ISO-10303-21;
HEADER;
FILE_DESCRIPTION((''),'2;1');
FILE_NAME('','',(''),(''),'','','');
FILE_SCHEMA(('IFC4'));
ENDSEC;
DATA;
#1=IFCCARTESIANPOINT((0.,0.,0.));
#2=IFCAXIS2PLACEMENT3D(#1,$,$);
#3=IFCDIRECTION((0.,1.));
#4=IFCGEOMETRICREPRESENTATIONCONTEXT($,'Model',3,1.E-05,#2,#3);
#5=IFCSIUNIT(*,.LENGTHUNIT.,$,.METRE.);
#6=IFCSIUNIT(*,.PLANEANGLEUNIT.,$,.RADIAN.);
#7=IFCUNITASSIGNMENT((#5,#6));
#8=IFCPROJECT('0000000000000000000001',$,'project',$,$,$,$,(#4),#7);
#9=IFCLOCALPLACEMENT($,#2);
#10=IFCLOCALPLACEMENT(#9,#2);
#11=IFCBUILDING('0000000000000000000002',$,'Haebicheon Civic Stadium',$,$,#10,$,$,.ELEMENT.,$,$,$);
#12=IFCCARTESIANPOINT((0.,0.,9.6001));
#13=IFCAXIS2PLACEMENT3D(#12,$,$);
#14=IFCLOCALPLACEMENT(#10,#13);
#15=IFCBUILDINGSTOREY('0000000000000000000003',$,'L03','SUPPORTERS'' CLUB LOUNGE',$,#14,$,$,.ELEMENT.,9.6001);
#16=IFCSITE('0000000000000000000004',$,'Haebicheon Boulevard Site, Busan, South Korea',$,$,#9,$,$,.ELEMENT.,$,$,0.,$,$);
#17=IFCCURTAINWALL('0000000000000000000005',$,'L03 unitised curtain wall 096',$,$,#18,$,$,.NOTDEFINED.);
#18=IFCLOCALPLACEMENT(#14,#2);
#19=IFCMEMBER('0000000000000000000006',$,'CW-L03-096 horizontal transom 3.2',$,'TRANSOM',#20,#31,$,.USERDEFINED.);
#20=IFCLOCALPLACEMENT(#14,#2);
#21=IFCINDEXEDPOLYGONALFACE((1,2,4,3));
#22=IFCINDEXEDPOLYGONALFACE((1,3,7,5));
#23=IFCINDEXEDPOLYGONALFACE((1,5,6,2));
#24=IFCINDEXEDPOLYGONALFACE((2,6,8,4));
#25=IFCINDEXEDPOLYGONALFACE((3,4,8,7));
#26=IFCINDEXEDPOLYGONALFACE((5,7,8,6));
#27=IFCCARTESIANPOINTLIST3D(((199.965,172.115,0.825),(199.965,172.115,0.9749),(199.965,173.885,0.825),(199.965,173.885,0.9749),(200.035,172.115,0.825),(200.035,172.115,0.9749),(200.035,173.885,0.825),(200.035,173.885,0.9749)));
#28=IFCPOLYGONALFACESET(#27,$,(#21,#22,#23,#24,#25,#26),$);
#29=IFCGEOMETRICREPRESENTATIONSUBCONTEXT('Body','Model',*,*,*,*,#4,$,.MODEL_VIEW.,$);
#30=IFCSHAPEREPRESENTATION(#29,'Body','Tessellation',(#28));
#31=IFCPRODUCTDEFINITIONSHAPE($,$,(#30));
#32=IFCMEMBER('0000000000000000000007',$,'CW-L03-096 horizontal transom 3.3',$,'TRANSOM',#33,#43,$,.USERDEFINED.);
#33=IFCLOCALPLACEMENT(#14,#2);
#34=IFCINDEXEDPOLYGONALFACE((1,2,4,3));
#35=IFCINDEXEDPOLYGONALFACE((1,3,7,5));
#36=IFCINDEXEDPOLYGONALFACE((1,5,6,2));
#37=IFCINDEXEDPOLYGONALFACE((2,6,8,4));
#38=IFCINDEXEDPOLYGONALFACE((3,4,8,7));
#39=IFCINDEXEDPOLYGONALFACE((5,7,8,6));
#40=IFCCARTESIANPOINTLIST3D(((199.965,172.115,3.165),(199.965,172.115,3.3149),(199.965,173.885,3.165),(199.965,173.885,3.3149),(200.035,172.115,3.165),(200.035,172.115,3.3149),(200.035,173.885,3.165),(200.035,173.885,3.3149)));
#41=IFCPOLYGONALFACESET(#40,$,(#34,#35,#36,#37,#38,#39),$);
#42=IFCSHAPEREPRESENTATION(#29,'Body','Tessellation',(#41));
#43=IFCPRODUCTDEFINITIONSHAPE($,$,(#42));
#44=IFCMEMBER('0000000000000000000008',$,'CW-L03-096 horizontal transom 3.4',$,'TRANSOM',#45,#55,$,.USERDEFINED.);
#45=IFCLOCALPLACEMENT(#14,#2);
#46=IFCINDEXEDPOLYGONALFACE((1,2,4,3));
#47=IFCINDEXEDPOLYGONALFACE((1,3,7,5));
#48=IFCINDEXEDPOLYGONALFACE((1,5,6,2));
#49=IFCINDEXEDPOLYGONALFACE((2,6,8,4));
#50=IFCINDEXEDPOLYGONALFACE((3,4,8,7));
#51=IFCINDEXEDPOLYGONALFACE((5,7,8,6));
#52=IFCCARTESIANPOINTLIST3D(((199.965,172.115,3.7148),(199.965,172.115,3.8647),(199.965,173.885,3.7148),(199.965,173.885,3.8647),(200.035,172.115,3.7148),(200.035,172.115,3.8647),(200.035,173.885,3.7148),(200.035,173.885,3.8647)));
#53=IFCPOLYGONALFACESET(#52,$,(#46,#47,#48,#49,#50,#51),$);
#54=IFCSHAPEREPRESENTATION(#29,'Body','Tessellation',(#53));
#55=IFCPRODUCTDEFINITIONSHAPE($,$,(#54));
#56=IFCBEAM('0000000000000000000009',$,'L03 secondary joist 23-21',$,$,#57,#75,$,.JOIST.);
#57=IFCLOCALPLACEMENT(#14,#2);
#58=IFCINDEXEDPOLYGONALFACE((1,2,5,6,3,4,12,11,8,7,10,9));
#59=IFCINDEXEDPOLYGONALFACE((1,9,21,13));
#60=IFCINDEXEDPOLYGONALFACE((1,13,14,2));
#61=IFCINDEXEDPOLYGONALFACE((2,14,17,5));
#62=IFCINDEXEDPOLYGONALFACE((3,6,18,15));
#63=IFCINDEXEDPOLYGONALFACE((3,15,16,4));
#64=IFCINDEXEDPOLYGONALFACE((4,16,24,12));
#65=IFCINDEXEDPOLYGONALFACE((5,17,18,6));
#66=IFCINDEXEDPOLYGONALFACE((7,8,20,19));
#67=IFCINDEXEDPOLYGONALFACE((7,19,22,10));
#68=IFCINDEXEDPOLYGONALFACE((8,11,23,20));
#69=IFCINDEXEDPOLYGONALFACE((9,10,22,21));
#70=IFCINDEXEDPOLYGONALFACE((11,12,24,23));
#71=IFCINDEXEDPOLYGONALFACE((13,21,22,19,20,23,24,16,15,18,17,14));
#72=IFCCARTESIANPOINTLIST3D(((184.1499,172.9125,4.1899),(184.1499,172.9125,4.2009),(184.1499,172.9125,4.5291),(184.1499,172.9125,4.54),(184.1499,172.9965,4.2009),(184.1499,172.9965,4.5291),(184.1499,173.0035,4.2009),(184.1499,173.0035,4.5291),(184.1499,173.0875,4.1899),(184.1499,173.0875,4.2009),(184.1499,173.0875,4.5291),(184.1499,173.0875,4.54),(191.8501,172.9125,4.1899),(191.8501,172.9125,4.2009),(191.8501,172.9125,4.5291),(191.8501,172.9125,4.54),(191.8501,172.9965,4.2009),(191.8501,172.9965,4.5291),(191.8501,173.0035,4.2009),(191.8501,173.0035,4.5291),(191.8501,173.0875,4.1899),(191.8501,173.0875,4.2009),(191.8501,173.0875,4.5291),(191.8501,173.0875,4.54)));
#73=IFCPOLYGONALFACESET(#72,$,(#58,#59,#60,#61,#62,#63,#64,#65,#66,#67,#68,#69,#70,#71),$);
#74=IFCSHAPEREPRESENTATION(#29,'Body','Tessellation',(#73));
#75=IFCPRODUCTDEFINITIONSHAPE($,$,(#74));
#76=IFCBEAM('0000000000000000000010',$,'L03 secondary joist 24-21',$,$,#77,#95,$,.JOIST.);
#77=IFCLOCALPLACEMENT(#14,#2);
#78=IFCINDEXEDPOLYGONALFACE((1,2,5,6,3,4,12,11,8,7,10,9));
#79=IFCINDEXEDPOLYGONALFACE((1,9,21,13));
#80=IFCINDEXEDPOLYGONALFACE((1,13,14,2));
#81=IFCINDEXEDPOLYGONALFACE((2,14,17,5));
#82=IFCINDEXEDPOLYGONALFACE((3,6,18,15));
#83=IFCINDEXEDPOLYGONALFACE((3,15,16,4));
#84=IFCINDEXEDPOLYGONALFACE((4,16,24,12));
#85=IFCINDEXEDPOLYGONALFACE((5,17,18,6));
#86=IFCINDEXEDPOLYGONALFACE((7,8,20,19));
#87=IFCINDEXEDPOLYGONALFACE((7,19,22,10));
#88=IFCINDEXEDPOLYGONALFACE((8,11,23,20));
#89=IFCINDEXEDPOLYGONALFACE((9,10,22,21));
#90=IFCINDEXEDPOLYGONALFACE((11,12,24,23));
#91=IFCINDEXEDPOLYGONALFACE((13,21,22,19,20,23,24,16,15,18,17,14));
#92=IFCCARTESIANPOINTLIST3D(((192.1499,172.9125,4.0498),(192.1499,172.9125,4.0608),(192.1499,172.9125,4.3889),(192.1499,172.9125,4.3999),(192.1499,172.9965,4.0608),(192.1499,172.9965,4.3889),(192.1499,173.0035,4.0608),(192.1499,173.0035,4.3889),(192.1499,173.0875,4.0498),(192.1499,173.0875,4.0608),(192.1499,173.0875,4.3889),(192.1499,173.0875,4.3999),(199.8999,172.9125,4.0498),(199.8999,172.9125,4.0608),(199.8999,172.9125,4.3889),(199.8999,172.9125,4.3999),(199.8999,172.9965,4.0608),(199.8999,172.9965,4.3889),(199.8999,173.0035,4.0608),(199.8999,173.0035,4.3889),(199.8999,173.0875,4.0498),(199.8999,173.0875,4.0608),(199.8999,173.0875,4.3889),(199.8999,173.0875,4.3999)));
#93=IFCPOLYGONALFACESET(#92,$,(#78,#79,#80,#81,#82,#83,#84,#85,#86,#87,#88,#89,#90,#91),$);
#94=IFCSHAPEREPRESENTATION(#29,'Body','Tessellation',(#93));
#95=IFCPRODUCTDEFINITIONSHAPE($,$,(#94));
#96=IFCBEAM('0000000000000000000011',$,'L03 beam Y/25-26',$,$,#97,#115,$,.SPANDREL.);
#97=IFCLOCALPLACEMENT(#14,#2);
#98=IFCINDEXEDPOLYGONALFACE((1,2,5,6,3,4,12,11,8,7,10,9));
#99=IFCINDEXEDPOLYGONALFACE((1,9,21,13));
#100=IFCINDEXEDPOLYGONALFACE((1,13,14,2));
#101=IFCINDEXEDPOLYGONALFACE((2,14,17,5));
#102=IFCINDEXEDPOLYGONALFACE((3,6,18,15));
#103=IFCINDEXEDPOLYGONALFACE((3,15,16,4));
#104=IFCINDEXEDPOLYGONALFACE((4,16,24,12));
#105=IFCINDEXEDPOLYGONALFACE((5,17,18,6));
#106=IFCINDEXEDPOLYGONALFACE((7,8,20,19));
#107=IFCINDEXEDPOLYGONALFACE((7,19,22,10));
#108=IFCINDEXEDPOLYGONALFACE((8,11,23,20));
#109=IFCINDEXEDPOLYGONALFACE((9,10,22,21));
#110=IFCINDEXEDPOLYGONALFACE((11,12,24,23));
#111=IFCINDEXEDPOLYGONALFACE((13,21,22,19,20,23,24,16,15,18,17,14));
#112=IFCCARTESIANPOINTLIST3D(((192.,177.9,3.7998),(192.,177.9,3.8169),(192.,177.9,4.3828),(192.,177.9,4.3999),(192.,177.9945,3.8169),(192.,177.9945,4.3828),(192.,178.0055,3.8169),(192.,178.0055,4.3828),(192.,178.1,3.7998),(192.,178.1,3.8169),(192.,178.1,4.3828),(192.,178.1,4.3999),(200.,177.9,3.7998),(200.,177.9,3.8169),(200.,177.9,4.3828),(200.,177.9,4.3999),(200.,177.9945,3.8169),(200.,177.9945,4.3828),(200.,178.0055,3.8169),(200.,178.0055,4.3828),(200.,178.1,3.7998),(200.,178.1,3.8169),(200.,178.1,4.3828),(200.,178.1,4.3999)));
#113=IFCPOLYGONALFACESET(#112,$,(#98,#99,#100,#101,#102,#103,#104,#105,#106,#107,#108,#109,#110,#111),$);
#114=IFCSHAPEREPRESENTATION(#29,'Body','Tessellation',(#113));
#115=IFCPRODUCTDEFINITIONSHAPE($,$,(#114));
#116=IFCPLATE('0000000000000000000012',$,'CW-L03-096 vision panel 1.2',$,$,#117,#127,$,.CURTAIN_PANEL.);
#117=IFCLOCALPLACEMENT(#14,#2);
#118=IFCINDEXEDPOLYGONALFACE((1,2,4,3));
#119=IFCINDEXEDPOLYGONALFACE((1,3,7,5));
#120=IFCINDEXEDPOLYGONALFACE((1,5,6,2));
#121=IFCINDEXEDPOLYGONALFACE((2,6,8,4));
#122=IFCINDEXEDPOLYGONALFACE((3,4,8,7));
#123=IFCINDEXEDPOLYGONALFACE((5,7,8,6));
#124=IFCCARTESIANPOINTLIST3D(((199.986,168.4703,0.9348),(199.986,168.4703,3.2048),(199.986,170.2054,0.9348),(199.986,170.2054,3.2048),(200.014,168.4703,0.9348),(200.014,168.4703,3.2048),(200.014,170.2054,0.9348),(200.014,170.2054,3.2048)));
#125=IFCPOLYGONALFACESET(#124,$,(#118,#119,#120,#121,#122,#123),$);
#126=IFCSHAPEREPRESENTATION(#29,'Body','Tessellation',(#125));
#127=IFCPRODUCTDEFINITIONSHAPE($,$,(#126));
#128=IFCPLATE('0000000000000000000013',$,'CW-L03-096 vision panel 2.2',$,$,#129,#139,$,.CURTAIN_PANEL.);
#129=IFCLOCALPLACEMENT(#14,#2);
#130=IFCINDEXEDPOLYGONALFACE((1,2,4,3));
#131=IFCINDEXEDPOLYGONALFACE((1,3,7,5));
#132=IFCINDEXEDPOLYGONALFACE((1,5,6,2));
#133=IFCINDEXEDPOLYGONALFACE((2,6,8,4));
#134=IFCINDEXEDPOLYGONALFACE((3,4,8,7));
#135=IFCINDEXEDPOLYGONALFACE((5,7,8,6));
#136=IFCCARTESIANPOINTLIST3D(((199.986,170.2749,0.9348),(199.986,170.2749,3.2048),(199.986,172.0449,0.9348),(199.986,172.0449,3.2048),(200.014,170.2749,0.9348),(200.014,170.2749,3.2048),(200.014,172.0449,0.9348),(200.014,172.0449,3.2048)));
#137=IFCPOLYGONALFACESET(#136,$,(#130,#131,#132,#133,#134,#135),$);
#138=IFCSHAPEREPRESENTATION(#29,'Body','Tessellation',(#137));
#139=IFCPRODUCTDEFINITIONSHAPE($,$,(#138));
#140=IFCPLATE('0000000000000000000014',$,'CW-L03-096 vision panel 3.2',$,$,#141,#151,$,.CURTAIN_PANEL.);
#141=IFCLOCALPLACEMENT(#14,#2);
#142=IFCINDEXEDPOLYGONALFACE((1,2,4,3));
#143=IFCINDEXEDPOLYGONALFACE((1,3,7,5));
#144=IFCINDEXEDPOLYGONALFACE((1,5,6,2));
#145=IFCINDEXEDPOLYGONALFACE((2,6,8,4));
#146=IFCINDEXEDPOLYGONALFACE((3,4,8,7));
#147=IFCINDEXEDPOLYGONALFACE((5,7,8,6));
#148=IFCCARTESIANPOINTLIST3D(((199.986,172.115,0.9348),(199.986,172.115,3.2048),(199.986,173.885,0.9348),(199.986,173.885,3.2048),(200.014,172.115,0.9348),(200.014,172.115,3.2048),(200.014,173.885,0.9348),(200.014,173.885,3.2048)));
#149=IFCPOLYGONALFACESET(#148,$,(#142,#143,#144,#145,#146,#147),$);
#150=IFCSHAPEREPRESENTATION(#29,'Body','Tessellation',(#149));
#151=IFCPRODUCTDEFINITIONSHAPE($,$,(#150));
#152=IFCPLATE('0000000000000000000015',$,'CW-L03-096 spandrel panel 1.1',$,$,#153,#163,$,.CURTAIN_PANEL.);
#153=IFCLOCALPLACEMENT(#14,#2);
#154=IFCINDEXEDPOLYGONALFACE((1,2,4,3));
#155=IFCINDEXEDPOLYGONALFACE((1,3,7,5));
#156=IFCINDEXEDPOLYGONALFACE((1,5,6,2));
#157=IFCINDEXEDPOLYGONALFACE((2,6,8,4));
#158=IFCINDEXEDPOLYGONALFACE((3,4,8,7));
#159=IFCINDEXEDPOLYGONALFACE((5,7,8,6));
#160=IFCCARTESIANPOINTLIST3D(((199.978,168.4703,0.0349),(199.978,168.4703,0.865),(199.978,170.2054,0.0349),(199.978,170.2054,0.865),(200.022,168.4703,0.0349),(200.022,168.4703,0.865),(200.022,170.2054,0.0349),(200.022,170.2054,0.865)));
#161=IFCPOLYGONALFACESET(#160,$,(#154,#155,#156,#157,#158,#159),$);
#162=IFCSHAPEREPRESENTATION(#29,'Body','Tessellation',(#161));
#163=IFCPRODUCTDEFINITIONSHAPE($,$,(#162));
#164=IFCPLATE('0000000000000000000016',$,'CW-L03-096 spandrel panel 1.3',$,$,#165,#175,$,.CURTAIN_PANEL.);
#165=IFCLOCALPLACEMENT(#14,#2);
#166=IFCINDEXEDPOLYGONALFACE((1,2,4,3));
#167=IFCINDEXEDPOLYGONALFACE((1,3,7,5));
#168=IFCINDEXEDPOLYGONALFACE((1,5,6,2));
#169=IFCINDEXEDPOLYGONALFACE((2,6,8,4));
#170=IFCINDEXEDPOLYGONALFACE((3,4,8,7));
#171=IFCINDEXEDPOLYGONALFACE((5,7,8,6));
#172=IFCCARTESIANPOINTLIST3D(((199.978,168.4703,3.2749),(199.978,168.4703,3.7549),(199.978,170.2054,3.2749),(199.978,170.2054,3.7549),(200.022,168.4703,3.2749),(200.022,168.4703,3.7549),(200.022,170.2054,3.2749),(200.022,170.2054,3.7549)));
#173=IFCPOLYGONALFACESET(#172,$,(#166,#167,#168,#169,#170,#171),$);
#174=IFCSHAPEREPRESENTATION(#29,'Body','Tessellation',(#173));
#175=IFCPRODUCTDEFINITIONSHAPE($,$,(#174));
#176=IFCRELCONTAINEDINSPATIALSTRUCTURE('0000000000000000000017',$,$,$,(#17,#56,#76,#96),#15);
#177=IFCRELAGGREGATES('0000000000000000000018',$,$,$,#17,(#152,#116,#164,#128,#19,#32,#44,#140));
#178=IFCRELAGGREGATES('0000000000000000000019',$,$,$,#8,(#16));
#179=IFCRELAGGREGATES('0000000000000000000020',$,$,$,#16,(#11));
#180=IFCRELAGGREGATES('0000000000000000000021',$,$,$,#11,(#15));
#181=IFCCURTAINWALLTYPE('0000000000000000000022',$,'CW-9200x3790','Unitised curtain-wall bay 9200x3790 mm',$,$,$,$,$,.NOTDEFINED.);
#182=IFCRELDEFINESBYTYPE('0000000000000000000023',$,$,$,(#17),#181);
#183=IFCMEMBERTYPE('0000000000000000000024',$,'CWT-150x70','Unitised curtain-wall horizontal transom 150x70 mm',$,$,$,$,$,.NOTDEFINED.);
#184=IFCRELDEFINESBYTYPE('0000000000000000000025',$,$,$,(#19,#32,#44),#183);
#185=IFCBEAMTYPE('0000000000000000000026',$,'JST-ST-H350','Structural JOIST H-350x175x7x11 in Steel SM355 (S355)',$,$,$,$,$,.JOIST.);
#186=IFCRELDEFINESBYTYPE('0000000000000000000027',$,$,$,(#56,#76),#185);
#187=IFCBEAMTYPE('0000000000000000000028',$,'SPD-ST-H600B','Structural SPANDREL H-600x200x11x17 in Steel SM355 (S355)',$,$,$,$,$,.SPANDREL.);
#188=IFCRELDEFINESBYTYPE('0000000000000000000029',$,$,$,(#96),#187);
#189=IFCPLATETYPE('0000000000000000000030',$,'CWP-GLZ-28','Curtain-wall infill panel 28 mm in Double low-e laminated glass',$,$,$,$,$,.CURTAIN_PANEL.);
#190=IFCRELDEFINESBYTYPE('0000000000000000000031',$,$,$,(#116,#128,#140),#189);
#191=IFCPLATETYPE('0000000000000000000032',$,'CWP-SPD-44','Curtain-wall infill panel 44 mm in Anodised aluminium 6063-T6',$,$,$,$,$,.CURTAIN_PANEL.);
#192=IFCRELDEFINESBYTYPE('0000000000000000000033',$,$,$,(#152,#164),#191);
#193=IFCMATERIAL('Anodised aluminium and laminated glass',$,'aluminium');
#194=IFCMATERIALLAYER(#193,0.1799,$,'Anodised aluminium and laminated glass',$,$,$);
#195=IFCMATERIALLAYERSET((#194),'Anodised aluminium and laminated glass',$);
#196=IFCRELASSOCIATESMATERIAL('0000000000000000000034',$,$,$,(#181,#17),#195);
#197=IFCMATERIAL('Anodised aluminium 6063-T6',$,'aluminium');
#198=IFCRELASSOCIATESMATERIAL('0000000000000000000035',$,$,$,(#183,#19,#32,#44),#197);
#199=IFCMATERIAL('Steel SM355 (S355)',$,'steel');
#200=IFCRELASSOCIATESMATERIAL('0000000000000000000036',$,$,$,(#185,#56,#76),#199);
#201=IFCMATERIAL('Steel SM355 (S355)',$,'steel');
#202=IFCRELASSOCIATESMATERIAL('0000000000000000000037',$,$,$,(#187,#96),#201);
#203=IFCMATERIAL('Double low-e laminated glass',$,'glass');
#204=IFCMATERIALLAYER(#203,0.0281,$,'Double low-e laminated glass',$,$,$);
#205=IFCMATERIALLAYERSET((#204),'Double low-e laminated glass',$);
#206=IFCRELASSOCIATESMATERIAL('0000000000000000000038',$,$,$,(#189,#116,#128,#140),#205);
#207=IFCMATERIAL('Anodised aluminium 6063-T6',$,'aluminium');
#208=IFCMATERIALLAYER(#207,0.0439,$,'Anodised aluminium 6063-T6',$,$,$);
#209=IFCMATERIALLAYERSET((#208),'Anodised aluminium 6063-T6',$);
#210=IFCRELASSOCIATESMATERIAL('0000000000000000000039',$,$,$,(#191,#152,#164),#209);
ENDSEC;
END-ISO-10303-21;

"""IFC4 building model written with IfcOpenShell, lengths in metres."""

from ifc_helpers import new_model, si_unit, direction, frame, origin, origin_2d, place, context, subcontext, project, spatial, rectangle, i_section, extrude, material, layer, layer_set, material_profile, profile_set, type_object, element, aggregate, save


model = new_model("IFC4")

# Units and contexts
model_context = context("Model", 3, precision=1e-05, world=origin(), true_north=direction((0.0, 1.0)))
body_context = subcontext(model_context, "Body", "Model", "MODEL_VIEW")
ifc_project = project(units=[si_unit("LENGTHUNIT", "METRE"), si_unit("PLANEANGLEUNIT", "RADIAN")], contexts=[model_context])

# Site, building, storey
site_placement = place(None, origin())
site = spatial("IfcSite", under=ifc_project, at=site_placement, Name="Haebicheon Boulevard Site, Busan, South Korea", CompositionType="ELEMENT", RefElevation=0.0)
building_placement = place(site_placement, origin())
building = spatial("IfcBuilding", under=site, at=building_placement, Name="Haebicheon Civic Stadium", CompositionType="ELEMENT")
storey_placement = place(building_placement, frame((0.0, 0.0, 9.6001)))
storey = spatial("IfcBuildingStorey", under=building, at=storey_placement, Name="L03", Description="SUPPORTERS' CLUB LOUNGE", CompositionType="ELEMENT", Elevation=9.6001)

# Curtain wall, members
ifc_material_1 = material(Name="Anodised aluminium and laminated glass", Category="aluminium")
ifc_layer_1 = layer(ifc_material_1, 0.1799, Name="Anodised aluminium and laminated glass")
ifc_layer_set_1 = layer_set([ifc_layer_1], Name="Anodised aluminium and laminated glass")
curtain_wall_type = type_object("IfcCurtainWallType", Name="CW-9200x3790", Description="Unitised curtain-wall bay 9200x3790 mm", PredefinedType="NOTDEFINED", material=ifc_layer_set_1)
curtain_wall_placement = place(storey_placement, origin())
curtain_wall = element("IfcCurtainWall", 1, at=curtain_wall_placement, inside=storey, type_object=curtain_wall_type, material=ifc_layer_set_1, Name="L03 unitised curtain wall 096", PredefinedType="NOTDEFINED")
ifc_material_2 = material(Name="Anodised aluminium 6063-T6", Category="aluminium")
ifc_material_profile_1 = material_profile(ifc_material_2, rectangle(XDim=0.0701, YDim=0.1499, at=origin_2d()), Name="ALU-TRAN-70x150")
ifc_profile_set_1 = profile_set([ifc_material_profile_1], Name="Anodised aluminium 6063-T6")
member_type_1 = type_object("IfcMemberType", Name="CWT-150x70", Description="Unitised curtain-wall horizontal transom 150x70 mm", PredefinedType="NOTDEFINED", material=ifc_profile_set_1)
member_1_placement = place(storey_placement, frame((200.0, 172.115, 0.8999), z_axis=(0.0, 1.0, 0.0), x_axis=(-1.0, 0.0, 0.0)))
member_1 = element("IfcMember", 2, at=member_1_placement, type_object=member_type_1, material=ifc_profile_set_1, Name="CW-L03-096 horizontal transom 3.2", ObjectType="TRANSOM", PredefinedType="USERDEFINED", context=body_context, shape_type="SweptSolid", body=[
    extrude(rectangle(XDim=0.0701, YDim=0.1499, at=origin_2d()), origin(), (0.0, 0.0, 1.0), 1.77),
])
member_2_placement = place(storey_placement, frame((200.0, 172.115, 3.24), z_axis=(0.0, 1.0, 0.0), x_axis=(-1.0, 0.0, 0.0)))
member_2 = element("IfcMember", 3, at=member_2_placement, type_object=member_type_1, material=ifc_profile_set_1, Name="CW-L03-096 horizontal transom 3.3", ObjectType="TRANSOM", PredefinedType="USERDEFINED", context=body_context, shape_type="SweptSolid", body=[
    extrude(rectangle(XDim=0.0701, YDim=0.1499, at=origin_2d()), origin(), (0.0, 0.0, 1.0), 1.77),
])
member_3_placement = place(storey_placement, frame((200.0, 172.115, 3.7898), z_axis=(0.0, 1.0, 0.0), x_axis=(-1.0, 0.0, 0.0)))
member_3 = element("IfcMember", 4, at=member_3_placement, type_object=member_type_1, material=ifc_profile_set_1, Name="CW-L03-096 horizontal transom 3.4", ObjectType="TRANSOM", PredefinedType="USERDEFINED", context=body_context, shape_type="SweptSolid", body=[
    extrude(rectangle(XDim=0.0701, YDim=0.1499, at=origin_2d()), origin(), (0.0, 0.0, 1.0), 1.77),
])

# Beams
ifc_material_3 = material(Name="Steel SM355 (S355)", Category="steel")
ifc_material_profile_2 = material_profile(ifc_material_3, i_section(OverallWidth=0.175, OverallDepth=0.3501, WebThickness=0.0071, FlangeThickness=0.011, at=origin_2d()), Name="H-350x175x7x11")
ifc_profile_set_2 = profile_set([ifc_material_profile_2], Name="Steel SM355 (S355)")
beam_type_1 = type_object("IfcBeamType", Name="JST-ST-H350", Description="Structural JOIST H-350x175x7x11 in Steel SM355 (S355)", PredefinedType="JOIST", material=ifc_profile_set_2)
beam_1_placement = place(storey_placement, frame((184.1499, 173.0, 4.365), z_axis=(1.0, 0.0, 0.0), x_axis=(0.0, 1.0, 0.0)))
element("IfcBeam", 5, at=beam_1_placement, inside=storey, type_object=beam_type_1, material=ifc_profile_set_2, Name="L03 secondary joist 23-21", PredefinedType="JOIST", context=body_context, shape_type="SweptSolid", body=[
    extrude(i_section(OverallWidth=0.175, OverallDepth=0.3501, WebThickness=0.0071, FlangeThickness=0.011, at=origin_2d()), origin(), (0.0, 0.0, 1.0), 7.7002),
])
beam_2_placement = place(storey_placement, frame((192.1499, 173.0, 4.2249), z_axis=(1.0, 0.0, 0.0), x_axis=(0.0, 1.0, 0.0)))
element("IfcBeam", 6, at=beam_2_placement, inside=storey, type_object=beam_type_1, material=ifc_profile_set_2, Name="L03 secondary joist 24-21", PredefinedType="JOIST", context=body_context, shape_type="SweptSolid", body=[
    extrude(i_section(OverallWidth=0.175, OverallDepth=0.3501, WebThickness=0.0071, FlangeThickness=0.011, at=origin_2d()), origin(), (0.0, 0.0, 1.0), 7.75),
])
ifc_material_4 = material(Name="Steel SM355 (S355)", Category="steel")
ifc_material_profile_3 = material_profile(ifc_material_4, i_section(OverallWidth=0.2, OverallDepth=0.6001, WebThickness=0.011, FlangeThickness=0.0171, at=origin_2d()), Name="H-600x200x11x17")
ifc_profile_set_3 = profile_set([ifc_material_profile_3], Name="Steel SM355 (S355)")
beam_type_2 = type_object("IfcBeamType", Name="SPD-ST-H600B", Description="Structural SPANDREL H-600x200x11x17 in Steel SM355 (S355)", PredefinedType="SPANDREL", material=ifc_profile_set_3)
beam_3_placement = place(storey_placement, frame((192.0, 178.0, 4.0999), z_axis=(1.0, 0.0, 0.0), x_axis=(0.0, 1.0, 0.0)))
element("IfcBeam", 7, at=beam_3_placement, inside=storey, type_object=beam_type_2, material=ifc_profile_set_3, Name="L03 beam Y/25-26", PredefinedType="SPANDREL", context=body_context, shape_type="SweptSolid", body=[
    extrude(i_section(OverallWidth=0.2, OverallDepth=0.6001, WebThickness=0.011, FlangeThickness=0.0171, at=origin_2d()), origin(), (0.0, 0.0, 1.0), 8.0),
])

# Plates
ifc_material_5 = material(Name="Double low-e laminated glass", Category="glass")
ifc_layer_2 = layer(ifc_material_5, 0.0281, Name="Double low-e laminated glass")
ifc_layer_set_2 = layer_set([ifc_layer_2], Name="Double low-e laminated glass")
plate_type_1 = type_object("IfcPlateType", Name="CWP-GLZ-28", Description="Curtain-wall infill panel 28 mm in Double low-e laminated glass", PredefinedType="CURTAIN_PANEL", material=ifc_layer_set_2)
plate_1_placement = place(storey_placement, frame((200.0, 169.3379, 0.9348), z_axis=(0.0, 0.0, 1.0), x_axis=(0.0, 1.0, 0.0)))
plate_1 = element("IfcPlate", 8, at=plate_1_placement, type_object=plate_type_1, material=ifc_layer_set_2, Name="CW-L03-096 vision panel 1.2", PredefinedType="CURTAIN_PANEL", context=body_context, shape_type="SweptSolid", body=[
    extrude(rectangle(XDim=1.7351, YDim=0.0281, at=origin_2d()), origin(), (0.0, 0.0, 1.0), 2.27),
])
plate_2_placement = place(storey_placement, frame((200.0, 171.1599, 0.9348), z_axis=(0.0, 0.0, 1.0), x_axis=(0.0, 1.0, 0.0)))
plate_2 = element("IfcPlate", 9, at=plate_2_placement, type_object=plate_type_1, material=ifc_layer_set_2, Name="CW-L03-096 vision panel 2.2", PredefinedType="CURTAIN_PANEL", context=body_context, shape_type="SweptSolid", body=[
    extrude(rectangle(XDim=1.77, YDim=0.0281, at=origin_2d()), origin(), (0.0, 0.0, 1.0), 2.27),
])
plate_3_placement = place(storey_placement, frame((200.0, 173.0, 0.9348), z_axis=(0.0, 0.0, 1.0), x_axis=(0.0, 1.0, 0.0)))
plate_3 = element("IfcPlate", 10, at=plate_3_placement, type_object=plate_type_1, material=ifc_layer_set_2, Name="CW-L03-096 vision panel 3.2", PredefinedType="CURTAIN_PANEL", context=body_context, shape_type="SweptSolid", body=[
    extrude(rectangle(XDim=1.77, YDim=0.0281, at=origin_2d()), origin(), (0.0, 0.0, 1.0), 2.27),
])
ifc_material_6 = material(Name="Anodised aluminium 6063-T6", Category="aluminium")
ifc_layer_3 = layer(ifc_material_6, 0.0439, Name="Anodised aluminium 6063-T6")
ifc_layer_set_3 = layer_set([ifc_layer_3], Name="Anodised aluminium 6063-T6")
plate_type_2 = type_object("IfcPlateType", Name="CWP-SPD-44", Description="Curtain-wall infill panel 44 mm in Anodised aluminium 6063-T6", PredefinedType="CURTAIN_PANEL", material=ifc_layer_set_3)
plate_4_placement = place(storey_placement, frame((200.0, 169.3379, 0.0349), z_axis=(0.0, 0.0, 1.0), x_axis=(0.0, 1.0, 0.0)))
plate_4 = element("IfcPlate", 11, at=plate_4_placement, type_object=plate_type_2, material=ifc_layer_set_3, Name="CW-L03-096 spandrel panel 1.1", PredefinedType="CURTAIN_PANEL", context=body_context, shape_type="SweptSolid", body=[
    extrude(rectangle(XDim=1.7351, YDim=0.0439, at=origin_2d()), origin(), (0.0, 0.0, 1.0), 0.8301),
])
plate_5_placement = place(storey_placement, frame((200.0, 169.3379, 3.2749), z_axis=(0.0, 0.0, 1.0), x_axis=(0.0, 1.0, 0.0)))
plate_5 = element("IfcPlate", 12, at=plate_5_placement, type_object=plate_type_2, material=ifc_layer_set_3, Name="CW-L03-096 spandrel panel 1.3", PredefinedType="CURTAIN_PANEL", context=body_context, shape_type="SweptSolid", body=[
    extrude(rectangle(XDim=1.7351, YDim=0.0439, at=origin_2d()), origin(), (0.0, 0.0, 1.0), 0.48),
])
aggregate(curtain_wall, [plate_4, plate_1, plate_5, plate_2, member_1, member_2, member_3, plate_3])

save(model, "model.ifc")
